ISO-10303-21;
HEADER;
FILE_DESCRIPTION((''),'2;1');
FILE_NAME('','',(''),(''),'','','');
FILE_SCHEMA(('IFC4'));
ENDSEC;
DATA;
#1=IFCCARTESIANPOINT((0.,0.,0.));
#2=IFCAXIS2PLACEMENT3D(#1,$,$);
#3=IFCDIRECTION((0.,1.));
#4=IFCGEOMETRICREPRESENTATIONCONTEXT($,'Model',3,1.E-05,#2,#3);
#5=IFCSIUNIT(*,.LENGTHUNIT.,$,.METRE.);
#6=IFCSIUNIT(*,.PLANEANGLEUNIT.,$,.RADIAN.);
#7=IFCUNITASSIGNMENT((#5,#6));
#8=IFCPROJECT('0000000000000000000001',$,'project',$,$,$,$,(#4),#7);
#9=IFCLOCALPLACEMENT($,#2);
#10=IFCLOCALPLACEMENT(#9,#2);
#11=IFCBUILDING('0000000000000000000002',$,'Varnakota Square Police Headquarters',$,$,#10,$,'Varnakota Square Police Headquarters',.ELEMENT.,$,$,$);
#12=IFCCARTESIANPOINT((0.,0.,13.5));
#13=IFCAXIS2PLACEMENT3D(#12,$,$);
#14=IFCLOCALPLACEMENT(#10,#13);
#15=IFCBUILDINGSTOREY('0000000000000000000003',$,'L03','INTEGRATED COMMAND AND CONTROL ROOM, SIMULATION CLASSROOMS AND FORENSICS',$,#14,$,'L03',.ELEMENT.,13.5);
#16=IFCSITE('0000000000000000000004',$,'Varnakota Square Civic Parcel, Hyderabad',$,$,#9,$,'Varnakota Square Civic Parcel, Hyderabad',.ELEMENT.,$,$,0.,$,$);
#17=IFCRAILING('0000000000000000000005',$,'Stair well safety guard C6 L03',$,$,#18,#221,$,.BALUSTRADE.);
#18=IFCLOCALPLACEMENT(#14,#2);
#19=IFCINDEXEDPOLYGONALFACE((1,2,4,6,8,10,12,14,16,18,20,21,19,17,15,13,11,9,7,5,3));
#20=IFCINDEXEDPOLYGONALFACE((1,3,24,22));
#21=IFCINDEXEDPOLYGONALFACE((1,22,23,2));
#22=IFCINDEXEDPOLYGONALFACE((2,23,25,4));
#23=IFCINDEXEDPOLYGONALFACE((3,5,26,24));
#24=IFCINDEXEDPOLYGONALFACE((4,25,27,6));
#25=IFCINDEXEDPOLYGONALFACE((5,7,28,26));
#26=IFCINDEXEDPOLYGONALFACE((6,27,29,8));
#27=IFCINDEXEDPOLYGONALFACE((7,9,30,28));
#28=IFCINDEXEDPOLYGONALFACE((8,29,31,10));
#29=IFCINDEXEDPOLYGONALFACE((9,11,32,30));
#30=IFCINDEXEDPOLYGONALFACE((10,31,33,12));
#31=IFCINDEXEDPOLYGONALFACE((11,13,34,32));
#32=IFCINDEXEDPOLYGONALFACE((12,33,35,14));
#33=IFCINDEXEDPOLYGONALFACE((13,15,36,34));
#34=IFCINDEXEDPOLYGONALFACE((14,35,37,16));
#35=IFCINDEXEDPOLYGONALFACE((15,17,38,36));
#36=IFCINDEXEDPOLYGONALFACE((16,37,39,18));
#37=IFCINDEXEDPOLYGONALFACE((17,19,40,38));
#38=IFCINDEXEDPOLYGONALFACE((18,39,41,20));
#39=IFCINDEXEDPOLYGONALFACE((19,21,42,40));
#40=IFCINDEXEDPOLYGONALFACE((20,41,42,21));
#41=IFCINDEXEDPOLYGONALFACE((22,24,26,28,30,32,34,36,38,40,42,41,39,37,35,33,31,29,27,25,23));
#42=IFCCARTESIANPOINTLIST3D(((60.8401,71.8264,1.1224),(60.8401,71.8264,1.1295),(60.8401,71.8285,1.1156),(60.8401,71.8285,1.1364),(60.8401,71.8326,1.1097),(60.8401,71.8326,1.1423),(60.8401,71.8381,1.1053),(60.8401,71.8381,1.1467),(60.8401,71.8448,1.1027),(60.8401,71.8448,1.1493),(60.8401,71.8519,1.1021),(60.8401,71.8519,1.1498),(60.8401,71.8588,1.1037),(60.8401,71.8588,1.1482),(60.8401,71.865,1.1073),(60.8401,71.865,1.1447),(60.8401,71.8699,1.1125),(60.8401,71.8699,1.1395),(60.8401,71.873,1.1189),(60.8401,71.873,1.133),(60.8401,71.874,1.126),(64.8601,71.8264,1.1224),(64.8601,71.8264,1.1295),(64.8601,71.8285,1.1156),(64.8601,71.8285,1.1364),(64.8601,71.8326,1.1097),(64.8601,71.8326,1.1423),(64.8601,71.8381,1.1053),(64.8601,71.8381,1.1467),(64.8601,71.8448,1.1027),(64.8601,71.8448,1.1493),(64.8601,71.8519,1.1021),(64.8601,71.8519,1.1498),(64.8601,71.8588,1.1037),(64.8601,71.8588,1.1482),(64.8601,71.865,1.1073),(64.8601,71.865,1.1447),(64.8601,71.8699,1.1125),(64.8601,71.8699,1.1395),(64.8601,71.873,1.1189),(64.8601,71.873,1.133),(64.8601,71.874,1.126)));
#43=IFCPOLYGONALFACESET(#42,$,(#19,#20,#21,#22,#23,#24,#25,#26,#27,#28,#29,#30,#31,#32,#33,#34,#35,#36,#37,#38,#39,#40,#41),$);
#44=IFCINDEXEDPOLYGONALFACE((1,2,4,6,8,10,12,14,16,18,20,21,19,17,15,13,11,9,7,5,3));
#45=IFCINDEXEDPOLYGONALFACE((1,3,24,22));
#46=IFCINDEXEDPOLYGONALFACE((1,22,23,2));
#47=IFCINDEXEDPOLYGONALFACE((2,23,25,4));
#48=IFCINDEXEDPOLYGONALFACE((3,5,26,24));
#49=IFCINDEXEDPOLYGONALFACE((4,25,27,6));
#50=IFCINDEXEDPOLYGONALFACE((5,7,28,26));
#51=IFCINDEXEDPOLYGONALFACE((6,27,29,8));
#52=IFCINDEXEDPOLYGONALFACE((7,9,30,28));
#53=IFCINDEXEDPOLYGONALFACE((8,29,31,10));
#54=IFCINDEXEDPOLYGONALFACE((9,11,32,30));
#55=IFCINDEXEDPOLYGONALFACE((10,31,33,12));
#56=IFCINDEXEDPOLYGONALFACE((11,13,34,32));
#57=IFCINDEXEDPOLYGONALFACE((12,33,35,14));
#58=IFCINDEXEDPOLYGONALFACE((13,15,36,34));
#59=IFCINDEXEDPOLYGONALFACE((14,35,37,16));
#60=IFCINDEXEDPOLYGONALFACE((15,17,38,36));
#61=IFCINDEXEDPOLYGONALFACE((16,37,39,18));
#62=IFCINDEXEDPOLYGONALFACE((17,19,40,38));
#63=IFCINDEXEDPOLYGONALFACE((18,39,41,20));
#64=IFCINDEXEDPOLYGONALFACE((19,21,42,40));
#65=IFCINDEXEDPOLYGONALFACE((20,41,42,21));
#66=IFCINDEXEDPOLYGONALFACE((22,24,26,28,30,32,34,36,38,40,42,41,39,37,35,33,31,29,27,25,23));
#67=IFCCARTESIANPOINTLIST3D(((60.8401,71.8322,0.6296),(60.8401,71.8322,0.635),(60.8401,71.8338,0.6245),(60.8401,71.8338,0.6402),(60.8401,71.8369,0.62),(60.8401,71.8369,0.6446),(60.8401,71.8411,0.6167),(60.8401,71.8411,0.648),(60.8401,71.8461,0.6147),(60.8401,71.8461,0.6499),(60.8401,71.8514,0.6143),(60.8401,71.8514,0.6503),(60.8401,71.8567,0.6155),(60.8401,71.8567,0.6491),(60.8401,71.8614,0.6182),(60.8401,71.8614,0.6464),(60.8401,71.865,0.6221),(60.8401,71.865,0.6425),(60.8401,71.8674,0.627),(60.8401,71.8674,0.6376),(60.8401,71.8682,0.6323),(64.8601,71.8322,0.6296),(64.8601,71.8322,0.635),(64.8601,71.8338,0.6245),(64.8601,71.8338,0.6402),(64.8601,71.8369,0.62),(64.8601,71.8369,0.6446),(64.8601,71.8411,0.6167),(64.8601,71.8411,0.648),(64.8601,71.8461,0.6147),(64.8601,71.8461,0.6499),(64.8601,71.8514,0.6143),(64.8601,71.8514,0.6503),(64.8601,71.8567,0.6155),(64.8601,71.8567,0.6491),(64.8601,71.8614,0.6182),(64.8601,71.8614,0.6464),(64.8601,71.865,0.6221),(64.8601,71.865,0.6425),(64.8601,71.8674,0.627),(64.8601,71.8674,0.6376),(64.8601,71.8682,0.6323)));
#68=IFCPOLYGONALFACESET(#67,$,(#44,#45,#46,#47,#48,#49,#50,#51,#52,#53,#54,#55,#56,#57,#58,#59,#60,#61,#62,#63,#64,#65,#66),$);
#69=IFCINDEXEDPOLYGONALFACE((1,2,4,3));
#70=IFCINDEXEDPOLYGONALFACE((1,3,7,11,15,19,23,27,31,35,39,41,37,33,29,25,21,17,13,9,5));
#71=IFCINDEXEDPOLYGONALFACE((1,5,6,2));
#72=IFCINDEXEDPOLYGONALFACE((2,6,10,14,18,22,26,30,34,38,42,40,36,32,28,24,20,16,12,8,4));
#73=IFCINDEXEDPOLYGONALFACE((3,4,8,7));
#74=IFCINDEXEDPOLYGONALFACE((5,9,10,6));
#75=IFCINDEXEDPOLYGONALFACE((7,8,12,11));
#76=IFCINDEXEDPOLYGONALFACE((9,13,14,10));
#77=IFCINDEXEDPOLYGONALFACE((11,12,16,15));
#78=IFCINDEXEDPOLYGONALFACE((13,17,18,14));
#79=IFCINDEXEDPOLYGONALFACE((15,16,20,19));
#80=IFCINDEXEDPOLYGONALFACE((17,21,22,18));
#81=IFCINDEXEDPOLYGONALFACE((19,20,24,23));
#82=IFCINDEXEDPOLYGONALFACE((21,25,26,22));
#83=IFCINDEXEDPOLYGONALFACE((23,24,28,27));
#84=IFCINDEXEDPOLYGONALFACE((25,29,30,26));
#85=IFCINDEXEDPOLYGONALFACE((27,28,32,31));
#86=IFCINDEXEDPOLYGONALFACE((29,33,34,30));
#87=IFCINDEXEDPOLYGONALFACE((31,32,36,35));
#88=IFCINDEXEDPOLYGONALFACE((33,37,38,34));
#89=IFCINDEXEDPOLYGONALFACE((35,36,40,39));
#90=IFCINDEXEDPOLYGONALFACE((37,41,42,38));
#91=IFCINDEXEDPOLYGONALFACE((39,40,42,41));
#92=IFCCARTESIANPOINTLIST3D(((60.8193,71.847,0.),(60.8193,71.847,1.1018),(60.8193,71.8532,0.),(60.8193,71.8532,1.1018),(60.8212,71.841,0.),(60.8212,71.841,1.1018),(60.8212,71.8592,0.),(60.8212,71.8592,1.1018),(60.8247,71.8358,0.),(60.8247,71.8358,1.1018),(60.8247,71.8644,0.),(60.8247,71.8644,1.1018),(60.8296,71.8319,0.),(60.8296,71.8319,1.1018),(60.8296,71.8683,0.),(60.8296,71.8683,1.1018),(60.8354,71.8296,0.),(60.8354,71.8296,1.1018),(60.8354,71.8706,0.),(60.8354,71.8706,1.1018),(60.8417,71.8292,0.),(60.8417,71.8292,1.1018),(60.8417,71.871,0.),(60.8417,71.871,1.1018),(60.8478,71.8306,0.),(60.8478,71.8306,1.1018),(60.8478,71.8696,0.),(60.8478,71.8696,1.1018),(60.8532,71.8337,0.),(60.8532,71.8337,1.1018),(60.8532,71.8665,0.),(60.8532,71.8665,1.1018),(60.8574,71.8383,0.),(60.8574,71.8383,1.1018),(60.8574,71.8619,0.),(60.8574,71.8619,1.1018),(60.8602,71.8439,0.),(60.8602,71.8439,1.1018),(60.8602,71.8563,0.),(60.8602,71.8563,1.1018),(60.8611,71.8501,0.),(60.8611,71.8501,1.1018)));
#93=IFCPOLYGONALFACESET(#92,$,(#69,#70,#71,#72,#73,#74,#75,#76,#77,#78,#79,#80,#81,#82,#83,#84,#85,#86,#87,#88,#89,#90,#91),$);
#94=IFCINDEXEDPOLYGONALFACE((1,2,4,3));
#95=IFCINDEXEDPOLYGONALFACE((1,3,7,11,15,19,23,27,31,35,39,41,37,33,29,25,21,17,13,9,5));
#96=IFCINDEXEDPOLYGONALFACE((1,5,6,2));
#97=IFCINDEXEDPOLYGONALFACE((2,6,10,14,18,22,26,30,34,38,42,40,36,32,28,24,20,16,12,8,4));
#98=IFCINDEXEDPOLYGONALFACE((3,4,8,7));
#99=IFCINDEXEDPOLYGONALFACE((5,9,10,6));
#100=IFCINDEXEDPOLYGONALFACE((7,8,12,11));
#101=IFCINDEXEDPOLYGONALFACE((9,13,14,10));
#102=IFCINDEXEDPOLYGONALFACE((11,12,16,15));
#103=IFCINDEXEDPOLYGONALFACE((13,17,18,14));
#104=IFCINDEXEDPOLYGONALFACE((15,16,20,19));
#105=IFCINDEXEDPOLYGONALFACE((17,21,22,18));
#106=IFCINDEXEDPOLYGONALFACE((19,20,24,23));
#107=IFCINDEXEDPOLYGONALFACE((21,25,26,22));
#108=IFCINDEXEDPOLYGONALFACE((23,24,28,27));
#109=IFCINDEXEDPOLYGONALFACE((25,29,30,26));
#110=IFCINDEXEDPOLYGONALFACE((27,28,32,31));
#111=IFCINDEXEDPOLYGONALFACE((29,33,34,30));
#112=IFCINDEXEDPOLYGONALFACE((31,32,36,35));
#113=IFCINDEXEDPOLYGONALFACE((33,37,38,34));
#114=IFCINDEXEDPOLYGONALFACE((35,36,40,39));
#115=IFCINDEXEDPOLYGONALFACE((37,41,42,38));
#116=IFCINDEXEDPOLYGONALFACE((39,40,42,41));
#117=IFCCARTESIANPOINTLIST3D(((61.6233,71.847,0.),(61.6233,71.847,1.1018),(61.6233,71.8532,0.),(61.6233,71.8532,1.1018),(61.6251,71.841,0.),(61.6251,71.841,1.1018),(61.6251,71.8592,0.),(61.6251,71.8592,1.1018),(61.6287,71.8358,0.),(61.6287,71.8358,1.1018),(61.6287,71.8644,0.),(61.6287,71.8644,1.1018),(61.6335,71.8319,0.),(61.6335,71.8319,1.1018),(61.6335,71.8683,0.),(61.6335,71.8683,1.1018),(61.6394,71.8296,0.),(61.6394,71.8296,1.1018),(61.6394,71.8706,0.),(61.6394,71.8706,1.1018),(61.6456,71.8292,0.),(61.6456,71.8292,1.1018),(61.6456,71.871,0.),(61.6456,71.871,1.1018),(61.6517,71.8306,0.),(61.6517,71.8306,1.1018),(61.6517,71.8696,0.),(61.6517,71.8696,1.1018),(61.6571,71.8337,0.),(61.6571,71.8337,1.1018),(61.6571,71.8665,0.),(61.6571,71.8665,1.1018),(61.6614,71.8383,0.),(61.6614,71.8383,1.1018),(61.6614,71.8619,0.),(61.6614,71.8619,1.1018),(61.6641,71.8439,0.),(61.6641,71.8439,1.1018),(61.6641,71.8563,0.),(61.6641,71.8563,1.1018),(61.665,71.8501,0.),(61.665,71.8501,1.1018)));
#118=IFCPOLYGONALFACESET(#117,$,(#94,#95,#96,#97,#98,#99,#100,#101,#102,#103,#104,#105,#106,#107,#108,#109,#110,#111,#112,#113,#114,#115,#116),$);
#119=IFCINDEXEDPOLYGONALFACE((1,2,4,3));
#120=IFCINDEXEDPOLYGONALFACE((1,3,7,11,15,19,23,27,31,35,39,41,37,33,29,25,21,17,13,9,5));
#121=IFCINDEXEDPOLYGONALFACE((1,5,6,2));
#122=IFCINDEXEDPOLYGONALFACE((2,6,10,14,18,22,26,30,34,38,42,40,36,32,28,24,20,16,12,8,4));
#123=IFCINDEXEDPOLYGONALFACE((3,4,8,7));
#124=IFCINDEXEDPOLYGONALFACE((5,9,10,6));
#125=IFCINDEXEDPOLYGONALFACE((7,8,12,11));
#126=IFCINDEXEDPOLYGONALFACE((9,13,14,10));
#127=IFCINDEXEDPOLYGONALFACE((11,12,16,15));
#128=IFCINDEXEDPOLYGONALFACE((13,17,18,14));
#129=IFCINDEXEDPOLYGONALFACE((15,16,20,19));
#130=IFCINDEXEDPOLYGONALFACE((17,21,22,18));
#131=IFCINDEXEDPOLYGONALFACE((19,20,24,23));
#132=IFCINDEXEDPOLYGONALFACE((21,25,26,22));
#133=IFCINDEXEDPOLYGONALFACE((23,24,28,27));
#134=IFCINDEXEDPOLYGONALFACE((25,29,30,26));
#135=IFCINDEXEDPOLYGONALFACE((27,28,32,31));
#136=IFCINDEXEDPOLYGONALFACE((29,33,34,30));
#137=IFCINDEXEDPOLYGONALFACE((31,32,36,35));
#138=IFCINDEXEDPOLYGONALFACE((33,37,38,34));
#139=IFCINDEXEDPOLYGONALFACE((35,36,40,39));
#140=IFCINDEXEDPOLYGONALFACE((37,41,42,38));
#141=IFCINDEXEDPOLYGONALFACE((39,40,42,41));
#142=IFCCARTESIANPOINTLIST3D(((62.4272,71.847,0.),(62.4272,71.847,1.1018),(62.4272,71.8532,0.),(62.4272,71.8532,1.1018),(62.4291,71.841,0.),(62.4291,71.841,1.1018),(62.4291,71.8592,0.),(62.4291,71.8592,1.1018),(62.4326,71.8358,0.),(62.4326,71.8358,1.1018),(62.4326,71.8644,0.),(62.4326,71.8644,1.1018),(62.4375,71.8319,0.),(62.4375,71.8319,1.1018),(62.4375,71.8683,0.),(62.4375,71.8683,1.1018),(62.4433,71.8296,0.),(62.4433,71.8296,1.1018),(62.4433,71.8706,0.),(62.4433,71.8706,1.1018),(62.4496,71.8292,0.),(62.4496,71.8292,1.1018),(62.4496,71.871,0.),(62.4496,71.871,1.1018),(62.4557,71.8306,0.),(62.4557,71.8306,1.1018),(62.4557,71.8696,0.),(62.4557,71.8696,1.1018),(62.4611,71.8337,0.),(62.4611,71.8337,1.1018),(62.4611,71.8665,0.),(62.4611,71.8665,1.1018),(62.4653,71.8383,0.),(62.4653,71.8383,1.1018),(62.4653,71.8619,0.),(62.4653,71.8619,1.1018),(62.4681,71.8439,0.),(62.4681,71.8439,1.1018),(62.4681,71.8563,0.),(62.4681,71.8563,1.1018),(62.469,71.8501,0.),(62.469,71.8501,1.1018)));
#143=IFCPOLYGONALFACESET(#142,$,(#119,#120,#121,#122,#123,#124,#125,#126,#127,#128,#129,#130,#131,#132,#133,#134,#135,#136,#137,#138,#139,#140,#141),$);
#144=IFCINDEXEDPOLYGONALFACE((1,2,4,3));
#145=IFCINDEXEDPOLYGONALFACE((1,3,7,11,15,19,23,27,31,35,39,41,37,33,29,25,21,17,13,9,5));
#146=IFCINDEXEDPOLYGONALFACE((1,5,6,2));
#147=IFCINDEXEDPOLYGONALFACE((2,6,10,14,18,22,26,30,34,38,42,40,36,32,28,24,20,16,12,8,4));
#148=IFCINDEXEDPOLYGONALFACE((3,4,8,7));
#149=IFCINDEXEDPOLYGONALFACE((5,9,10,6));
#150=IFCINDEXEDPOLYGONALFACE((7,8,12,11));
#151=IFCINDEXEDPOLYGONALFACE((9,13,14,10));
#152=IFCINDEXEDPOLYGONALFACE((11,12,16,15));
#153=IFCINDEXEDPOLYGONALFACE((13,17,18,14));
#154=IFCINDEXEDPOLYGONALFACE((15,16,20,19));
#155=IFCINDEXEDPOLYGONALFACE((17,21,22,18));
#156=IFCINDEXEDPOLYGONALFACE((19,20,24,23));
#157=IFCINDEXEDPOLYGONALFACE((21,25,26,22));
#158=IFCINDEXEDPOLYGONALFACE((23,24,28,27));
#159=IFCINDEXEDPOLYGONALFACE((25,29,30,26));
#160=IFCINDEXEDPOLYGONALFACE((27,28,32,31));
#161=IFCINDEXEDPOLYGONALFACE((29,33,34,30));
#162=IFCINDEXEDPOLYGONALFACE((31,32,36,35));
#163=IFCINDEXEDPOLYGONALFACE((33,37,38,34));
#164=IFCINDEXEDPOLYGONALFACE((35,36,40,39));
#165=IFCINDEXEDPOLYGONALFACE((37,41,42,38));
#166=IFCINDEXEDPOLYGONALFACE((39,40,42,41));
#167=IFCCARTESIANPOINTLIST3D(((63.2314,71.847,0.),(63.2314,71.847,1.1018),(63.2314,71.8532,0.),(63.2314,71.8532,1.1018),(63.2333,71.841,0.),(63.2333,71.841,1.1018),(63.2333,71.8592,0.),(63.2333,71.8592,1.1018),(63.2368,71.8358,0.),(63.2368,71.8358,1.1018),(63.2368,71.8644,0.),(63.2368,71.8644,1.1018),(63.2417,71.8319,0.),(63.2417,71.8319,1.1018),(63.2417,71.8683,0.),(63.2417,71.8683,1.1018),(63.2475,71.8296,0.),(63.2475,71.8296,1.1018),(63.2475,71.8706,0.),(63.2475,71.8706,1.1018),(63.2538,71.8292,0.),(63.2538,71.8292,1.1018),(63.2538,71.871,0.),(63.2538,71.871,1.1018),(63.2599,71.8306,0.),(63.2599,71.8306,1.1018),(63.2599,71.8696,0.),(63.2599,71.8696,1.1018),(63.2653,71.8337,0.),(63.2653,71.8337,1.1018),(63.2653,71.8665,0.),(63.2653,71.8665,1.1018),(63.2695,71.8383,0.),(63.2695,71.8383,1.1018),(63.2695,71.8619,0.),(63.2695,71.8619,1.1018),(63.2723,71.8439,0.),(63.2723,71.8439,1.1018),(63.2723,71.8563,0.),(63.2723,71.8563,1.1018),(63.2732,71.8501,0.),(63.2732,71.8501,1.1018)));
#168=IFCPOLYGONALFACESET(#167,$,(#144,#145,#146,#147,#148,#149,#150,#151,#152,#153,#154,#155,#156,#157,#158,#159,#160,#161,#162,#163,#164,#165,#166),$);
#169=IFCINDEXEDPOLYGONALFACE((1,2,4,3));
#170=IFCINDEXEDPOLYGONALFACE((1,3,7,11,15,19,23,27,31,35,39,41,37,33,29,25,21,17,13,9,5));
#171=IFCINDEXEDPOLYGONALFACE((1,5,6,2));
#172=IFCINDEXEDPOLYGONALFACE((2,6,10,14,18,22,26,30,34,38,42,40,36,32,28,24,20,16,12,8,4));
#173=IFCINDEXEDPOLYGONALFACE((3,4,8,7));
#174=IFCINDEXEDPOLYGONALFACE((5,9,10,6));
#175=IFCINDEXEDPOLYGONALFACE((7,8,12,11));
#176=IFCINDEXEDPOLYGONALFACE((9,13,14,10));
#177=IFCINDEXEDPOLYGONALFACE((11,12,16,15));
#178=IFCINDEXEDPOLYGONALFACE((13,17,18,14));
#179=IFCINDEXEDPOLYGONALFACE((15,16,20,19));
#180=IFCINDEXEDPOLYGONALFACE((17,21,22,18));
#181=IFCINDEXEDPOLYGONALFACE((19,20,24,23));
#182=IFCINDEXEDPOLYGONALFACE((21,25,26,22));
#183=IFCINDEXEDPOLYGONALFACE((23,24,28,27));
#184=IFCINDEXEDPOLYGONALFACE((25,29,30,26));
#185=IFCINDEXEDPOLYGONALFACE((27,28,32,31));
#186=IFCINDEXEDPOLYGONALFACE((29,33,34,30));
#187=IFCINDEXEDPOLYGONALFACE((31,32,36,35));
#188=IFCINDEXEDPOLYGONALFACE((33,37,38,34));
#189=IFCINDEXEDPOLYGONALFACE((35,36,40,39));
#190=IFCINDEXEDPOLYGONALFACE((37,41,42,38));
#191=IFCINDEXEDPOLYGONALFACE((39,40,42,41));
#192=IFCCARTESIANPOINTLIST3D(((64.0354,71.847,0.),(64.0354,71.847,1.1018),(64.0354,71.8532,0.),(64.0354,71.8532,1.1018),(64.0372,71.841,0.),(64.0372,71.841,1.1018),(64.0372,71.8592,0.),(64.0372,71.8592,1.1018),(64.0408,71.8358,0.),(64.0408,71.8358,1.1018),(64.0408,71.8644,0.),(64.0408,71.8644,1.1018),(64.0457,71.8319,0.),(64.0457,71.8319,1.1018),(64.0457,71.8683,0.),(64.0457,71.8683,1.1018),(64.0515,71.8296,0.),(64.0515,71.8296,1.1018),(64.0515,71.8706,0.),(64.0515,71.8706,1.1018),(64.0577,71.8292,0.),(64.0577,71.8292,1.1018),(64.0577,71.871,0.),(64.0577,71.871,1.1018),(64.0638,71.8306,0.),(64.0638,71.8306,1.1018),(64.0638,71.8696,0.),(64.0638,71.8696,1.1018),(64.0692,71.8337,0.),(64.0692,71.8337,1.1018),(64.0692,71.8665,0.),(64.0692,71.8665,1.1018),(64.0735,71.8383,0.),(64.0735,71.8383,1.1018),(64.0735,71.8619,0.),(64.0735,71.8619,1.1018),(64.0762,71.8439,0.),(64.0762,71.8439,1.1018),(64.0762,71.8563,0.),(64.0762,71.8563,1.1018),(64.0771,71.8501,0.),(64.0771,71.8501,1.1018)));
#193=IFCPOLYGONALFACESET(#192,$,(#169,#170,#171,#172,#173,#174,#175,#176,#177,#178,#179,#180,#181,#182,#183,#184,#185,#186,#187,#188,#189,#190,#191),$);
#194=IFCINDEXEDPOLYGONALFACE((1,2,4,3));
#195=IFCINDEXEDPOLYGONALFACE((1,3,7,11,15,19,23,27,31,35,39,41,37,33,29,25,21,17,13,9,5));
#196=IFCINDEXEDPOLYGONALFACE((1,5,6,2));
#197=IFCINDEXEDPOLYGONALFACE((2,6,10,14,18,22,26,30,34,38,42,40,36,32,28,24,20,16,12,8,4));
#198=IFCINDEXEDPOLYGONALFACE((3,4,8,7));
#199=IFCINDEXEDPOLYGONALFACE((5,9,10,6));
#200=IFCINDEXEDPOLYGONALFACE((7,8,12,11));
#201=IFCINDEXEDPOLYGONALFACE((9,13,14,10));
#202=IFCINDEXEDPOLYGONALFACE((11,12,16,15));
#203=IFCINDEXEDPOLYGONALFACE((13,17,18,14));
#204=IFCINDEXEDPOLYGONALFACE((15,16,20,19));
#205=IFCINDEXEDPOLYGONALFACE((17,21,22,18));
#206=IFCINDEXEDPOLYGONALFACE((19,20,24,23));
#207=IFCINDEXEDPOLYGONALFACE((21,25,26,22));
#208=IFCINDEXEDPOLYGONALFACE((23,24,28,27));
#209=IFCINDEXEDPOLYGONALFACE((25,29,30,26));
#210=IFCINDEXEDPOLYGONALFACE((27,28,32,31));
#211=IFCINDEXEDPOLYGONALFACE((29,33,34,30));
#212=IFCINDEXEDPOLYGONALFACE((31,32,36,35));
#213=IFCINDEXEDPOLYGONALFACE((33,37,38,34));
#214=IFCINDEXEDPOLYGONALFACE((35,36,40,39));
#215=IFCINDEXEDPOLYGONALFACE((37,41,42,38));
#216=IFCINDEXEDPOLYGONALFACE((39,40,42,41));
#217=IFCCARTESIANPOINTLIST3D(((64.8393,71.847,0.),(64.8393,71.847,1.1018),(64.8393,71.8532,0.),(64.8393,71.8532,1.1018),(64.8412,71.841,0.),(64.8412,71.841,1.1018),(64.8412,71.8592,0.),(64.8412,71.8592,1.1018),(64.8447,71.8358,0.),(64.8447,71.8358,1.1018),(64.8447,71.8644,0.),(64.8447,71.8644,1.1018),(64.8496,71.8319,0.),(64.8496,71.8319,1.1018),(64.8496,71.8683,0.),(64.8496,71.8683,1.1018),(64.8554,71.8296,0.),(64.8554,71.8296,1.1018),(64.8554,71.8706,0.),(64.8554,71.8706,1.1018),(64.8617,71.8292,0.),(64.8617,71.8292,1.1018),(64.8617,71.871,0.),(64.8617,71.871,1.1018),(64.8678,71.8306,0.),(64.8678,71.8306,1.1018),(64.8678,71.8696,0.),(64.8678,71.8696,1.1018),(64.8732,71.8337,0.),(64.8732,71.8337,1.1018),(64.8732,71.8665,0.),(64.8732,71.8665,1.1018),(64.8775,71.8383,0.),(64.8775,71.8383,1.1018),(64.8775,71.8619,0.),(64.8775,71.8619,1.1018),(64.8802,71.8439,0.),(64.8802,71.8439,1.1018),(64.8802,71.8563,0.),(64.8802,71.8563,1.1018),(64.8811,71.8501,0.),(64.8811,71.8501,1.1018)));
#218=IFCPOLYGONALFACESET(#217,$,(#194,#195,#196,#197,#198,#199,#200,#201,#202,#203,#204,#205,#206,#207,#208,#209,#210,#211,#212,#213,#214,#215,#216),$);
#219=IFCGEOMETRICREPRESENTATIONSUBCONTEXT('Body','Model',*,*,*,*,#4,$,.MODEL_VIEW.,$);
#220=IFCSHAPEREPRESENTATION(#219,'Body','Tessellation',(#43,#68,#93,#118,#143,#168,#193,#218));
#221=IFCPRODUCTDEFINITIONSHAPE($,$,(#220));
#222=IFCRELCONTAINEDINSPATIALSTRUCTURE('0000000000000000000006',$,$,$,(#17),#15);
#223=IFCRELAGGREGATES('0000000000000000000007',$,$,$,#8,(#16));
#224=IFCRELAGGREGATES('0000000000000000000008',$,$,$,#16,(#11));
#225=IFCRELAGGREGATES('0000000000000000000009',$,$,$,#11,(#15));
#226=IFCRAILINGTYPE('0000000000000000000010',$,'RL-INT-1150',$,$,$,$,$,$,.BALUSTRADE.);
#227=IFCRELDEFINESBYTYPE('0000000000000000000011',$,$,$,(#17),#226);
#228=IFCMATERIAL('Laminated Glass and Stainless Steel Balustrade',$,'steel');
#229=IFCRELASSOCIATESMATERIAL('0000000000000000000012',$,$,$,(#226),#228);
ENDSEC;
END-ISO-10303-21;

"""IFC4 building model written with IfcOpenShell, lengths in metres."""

from ifc_helpers import new_model, si_unit, direction, frame, origin, origin_2d, place, context, subcontext, project, spatial, circle, extrude, material, type_object, element, save


model = new_model("IFC4")

# Units and contexts
model_context = context("Model", 3, precision=1e-05, world=origin(), true_north=direction((0.0, 1.0)))
body_context = subcontext(model_context, "Body", "Model", "MODEL_VIEW")
ifc_project = project(units=[si_unit("LENGTHUNIT", "METRE"), si_unit("PLANEANGLEUNIT", "RADIAN")], contexts=[model_context])

# Site, building, storey
site_placement = place(None, origin())
site = spatial("IfcSite", under=ifc_project, at=site_placement, Name="Varnakota Square Civic Parcel, Hyderabad", LongName="Varnakota Square Civic Parcel, Hyderabad", CompositionType="ELEMENT", RefElevation=0.0)
building_placement = place(site_placement, origin())
building = spatial("IfcBuilding", under=site, at=building_placement, Name="Varnakota Square Police Headquarters", LongName="Varnakota Square Police Headquarters", CompositionType="ELEMENT")
storey_placement = place(building_placement, frame((0.0, 0.0, 13.5)))
storey = spatial("IfcBuildingStorey", under=building, at=storey_placement, Name="L03", Description="INTEGRATED COMMAND AND CONTROL ROOM, SIMULATION CLASSROOMS AND FORENSICS", LongName="L03", CompositionType="ELEMENT", Elevation=13.5)

# Railing
ifc_material_1 = material(Name="Laminated Glass and Stainless Steel Balustrade", Category="steel")
railing_type_1 = type_object("IfcRailingType", Name="RL-INT-1150", PredefinedType="BALUSTRADE", material=ifc_material_1)
railing_1_placement = place(storey_placement, frame((60.8401, 71.8501, 0.0)))
element("IfcRailing", 1, at=railing_1_placement, inside=storey, type_object=railing_type_1, Name="Stair well safety guard C6 L03", PredefinedType="BALUSTRADE", context=body_context, shape_type="SweptSolid", body=[
    extrude(circle(Radius=0.0239, at=origin_2d()), frame((0.0, 0.0, 1.126), z_axis=(1.0, 0.0, 0.0), x_axis=(0.0, 1.0, 0.0)), (0.0, 0.0, 1.0), 4.02),
    extrude(circle(Radius=0.0181, at=origin_2d()), frame((0.0, 0.0, 0.6323), z_axis=(1.0, 0.0, 0.0), x_axis=(0.0, 1.0, 0.0)), (0.0, 0.0, 1.0), 4.02),
    extrude(circle(Radius=0.021, at=origin_2d()), origin(), (0.0, 0.0, 1.0), 1.1018),
    extrude(circle(Radius=0.021, at=origin_2d()), frame((0.804, 0.0, 0.0)), (0.0, 0.0, 1.0), 1.1018),
    extrude(circle(Radius=0.021, at=origin_2d()), frame((1.6079, 0.0, 0.0)), (0.0, 0.0, 1.0), 1.1018),
    extrude(circle(Radius=0.021, at=origin_2d()), frame((2.4121, 0.0, 0.0)), (0.0, 0.0, 1.0), 1.1018),
    extrude(circle(Radius=0.021, at=origin_2d()), frame((3.2161, 0.0, 0.0)), (0.0, 0.0, 1.0), 1.1018),
    extrude(circle(Radius=0.021, at=origin_2d()), frame((4.02, 0.0, 0.0)), (0.0, 0.0, 1.0), 1.1018),
])

save(model, "model.ifc")
